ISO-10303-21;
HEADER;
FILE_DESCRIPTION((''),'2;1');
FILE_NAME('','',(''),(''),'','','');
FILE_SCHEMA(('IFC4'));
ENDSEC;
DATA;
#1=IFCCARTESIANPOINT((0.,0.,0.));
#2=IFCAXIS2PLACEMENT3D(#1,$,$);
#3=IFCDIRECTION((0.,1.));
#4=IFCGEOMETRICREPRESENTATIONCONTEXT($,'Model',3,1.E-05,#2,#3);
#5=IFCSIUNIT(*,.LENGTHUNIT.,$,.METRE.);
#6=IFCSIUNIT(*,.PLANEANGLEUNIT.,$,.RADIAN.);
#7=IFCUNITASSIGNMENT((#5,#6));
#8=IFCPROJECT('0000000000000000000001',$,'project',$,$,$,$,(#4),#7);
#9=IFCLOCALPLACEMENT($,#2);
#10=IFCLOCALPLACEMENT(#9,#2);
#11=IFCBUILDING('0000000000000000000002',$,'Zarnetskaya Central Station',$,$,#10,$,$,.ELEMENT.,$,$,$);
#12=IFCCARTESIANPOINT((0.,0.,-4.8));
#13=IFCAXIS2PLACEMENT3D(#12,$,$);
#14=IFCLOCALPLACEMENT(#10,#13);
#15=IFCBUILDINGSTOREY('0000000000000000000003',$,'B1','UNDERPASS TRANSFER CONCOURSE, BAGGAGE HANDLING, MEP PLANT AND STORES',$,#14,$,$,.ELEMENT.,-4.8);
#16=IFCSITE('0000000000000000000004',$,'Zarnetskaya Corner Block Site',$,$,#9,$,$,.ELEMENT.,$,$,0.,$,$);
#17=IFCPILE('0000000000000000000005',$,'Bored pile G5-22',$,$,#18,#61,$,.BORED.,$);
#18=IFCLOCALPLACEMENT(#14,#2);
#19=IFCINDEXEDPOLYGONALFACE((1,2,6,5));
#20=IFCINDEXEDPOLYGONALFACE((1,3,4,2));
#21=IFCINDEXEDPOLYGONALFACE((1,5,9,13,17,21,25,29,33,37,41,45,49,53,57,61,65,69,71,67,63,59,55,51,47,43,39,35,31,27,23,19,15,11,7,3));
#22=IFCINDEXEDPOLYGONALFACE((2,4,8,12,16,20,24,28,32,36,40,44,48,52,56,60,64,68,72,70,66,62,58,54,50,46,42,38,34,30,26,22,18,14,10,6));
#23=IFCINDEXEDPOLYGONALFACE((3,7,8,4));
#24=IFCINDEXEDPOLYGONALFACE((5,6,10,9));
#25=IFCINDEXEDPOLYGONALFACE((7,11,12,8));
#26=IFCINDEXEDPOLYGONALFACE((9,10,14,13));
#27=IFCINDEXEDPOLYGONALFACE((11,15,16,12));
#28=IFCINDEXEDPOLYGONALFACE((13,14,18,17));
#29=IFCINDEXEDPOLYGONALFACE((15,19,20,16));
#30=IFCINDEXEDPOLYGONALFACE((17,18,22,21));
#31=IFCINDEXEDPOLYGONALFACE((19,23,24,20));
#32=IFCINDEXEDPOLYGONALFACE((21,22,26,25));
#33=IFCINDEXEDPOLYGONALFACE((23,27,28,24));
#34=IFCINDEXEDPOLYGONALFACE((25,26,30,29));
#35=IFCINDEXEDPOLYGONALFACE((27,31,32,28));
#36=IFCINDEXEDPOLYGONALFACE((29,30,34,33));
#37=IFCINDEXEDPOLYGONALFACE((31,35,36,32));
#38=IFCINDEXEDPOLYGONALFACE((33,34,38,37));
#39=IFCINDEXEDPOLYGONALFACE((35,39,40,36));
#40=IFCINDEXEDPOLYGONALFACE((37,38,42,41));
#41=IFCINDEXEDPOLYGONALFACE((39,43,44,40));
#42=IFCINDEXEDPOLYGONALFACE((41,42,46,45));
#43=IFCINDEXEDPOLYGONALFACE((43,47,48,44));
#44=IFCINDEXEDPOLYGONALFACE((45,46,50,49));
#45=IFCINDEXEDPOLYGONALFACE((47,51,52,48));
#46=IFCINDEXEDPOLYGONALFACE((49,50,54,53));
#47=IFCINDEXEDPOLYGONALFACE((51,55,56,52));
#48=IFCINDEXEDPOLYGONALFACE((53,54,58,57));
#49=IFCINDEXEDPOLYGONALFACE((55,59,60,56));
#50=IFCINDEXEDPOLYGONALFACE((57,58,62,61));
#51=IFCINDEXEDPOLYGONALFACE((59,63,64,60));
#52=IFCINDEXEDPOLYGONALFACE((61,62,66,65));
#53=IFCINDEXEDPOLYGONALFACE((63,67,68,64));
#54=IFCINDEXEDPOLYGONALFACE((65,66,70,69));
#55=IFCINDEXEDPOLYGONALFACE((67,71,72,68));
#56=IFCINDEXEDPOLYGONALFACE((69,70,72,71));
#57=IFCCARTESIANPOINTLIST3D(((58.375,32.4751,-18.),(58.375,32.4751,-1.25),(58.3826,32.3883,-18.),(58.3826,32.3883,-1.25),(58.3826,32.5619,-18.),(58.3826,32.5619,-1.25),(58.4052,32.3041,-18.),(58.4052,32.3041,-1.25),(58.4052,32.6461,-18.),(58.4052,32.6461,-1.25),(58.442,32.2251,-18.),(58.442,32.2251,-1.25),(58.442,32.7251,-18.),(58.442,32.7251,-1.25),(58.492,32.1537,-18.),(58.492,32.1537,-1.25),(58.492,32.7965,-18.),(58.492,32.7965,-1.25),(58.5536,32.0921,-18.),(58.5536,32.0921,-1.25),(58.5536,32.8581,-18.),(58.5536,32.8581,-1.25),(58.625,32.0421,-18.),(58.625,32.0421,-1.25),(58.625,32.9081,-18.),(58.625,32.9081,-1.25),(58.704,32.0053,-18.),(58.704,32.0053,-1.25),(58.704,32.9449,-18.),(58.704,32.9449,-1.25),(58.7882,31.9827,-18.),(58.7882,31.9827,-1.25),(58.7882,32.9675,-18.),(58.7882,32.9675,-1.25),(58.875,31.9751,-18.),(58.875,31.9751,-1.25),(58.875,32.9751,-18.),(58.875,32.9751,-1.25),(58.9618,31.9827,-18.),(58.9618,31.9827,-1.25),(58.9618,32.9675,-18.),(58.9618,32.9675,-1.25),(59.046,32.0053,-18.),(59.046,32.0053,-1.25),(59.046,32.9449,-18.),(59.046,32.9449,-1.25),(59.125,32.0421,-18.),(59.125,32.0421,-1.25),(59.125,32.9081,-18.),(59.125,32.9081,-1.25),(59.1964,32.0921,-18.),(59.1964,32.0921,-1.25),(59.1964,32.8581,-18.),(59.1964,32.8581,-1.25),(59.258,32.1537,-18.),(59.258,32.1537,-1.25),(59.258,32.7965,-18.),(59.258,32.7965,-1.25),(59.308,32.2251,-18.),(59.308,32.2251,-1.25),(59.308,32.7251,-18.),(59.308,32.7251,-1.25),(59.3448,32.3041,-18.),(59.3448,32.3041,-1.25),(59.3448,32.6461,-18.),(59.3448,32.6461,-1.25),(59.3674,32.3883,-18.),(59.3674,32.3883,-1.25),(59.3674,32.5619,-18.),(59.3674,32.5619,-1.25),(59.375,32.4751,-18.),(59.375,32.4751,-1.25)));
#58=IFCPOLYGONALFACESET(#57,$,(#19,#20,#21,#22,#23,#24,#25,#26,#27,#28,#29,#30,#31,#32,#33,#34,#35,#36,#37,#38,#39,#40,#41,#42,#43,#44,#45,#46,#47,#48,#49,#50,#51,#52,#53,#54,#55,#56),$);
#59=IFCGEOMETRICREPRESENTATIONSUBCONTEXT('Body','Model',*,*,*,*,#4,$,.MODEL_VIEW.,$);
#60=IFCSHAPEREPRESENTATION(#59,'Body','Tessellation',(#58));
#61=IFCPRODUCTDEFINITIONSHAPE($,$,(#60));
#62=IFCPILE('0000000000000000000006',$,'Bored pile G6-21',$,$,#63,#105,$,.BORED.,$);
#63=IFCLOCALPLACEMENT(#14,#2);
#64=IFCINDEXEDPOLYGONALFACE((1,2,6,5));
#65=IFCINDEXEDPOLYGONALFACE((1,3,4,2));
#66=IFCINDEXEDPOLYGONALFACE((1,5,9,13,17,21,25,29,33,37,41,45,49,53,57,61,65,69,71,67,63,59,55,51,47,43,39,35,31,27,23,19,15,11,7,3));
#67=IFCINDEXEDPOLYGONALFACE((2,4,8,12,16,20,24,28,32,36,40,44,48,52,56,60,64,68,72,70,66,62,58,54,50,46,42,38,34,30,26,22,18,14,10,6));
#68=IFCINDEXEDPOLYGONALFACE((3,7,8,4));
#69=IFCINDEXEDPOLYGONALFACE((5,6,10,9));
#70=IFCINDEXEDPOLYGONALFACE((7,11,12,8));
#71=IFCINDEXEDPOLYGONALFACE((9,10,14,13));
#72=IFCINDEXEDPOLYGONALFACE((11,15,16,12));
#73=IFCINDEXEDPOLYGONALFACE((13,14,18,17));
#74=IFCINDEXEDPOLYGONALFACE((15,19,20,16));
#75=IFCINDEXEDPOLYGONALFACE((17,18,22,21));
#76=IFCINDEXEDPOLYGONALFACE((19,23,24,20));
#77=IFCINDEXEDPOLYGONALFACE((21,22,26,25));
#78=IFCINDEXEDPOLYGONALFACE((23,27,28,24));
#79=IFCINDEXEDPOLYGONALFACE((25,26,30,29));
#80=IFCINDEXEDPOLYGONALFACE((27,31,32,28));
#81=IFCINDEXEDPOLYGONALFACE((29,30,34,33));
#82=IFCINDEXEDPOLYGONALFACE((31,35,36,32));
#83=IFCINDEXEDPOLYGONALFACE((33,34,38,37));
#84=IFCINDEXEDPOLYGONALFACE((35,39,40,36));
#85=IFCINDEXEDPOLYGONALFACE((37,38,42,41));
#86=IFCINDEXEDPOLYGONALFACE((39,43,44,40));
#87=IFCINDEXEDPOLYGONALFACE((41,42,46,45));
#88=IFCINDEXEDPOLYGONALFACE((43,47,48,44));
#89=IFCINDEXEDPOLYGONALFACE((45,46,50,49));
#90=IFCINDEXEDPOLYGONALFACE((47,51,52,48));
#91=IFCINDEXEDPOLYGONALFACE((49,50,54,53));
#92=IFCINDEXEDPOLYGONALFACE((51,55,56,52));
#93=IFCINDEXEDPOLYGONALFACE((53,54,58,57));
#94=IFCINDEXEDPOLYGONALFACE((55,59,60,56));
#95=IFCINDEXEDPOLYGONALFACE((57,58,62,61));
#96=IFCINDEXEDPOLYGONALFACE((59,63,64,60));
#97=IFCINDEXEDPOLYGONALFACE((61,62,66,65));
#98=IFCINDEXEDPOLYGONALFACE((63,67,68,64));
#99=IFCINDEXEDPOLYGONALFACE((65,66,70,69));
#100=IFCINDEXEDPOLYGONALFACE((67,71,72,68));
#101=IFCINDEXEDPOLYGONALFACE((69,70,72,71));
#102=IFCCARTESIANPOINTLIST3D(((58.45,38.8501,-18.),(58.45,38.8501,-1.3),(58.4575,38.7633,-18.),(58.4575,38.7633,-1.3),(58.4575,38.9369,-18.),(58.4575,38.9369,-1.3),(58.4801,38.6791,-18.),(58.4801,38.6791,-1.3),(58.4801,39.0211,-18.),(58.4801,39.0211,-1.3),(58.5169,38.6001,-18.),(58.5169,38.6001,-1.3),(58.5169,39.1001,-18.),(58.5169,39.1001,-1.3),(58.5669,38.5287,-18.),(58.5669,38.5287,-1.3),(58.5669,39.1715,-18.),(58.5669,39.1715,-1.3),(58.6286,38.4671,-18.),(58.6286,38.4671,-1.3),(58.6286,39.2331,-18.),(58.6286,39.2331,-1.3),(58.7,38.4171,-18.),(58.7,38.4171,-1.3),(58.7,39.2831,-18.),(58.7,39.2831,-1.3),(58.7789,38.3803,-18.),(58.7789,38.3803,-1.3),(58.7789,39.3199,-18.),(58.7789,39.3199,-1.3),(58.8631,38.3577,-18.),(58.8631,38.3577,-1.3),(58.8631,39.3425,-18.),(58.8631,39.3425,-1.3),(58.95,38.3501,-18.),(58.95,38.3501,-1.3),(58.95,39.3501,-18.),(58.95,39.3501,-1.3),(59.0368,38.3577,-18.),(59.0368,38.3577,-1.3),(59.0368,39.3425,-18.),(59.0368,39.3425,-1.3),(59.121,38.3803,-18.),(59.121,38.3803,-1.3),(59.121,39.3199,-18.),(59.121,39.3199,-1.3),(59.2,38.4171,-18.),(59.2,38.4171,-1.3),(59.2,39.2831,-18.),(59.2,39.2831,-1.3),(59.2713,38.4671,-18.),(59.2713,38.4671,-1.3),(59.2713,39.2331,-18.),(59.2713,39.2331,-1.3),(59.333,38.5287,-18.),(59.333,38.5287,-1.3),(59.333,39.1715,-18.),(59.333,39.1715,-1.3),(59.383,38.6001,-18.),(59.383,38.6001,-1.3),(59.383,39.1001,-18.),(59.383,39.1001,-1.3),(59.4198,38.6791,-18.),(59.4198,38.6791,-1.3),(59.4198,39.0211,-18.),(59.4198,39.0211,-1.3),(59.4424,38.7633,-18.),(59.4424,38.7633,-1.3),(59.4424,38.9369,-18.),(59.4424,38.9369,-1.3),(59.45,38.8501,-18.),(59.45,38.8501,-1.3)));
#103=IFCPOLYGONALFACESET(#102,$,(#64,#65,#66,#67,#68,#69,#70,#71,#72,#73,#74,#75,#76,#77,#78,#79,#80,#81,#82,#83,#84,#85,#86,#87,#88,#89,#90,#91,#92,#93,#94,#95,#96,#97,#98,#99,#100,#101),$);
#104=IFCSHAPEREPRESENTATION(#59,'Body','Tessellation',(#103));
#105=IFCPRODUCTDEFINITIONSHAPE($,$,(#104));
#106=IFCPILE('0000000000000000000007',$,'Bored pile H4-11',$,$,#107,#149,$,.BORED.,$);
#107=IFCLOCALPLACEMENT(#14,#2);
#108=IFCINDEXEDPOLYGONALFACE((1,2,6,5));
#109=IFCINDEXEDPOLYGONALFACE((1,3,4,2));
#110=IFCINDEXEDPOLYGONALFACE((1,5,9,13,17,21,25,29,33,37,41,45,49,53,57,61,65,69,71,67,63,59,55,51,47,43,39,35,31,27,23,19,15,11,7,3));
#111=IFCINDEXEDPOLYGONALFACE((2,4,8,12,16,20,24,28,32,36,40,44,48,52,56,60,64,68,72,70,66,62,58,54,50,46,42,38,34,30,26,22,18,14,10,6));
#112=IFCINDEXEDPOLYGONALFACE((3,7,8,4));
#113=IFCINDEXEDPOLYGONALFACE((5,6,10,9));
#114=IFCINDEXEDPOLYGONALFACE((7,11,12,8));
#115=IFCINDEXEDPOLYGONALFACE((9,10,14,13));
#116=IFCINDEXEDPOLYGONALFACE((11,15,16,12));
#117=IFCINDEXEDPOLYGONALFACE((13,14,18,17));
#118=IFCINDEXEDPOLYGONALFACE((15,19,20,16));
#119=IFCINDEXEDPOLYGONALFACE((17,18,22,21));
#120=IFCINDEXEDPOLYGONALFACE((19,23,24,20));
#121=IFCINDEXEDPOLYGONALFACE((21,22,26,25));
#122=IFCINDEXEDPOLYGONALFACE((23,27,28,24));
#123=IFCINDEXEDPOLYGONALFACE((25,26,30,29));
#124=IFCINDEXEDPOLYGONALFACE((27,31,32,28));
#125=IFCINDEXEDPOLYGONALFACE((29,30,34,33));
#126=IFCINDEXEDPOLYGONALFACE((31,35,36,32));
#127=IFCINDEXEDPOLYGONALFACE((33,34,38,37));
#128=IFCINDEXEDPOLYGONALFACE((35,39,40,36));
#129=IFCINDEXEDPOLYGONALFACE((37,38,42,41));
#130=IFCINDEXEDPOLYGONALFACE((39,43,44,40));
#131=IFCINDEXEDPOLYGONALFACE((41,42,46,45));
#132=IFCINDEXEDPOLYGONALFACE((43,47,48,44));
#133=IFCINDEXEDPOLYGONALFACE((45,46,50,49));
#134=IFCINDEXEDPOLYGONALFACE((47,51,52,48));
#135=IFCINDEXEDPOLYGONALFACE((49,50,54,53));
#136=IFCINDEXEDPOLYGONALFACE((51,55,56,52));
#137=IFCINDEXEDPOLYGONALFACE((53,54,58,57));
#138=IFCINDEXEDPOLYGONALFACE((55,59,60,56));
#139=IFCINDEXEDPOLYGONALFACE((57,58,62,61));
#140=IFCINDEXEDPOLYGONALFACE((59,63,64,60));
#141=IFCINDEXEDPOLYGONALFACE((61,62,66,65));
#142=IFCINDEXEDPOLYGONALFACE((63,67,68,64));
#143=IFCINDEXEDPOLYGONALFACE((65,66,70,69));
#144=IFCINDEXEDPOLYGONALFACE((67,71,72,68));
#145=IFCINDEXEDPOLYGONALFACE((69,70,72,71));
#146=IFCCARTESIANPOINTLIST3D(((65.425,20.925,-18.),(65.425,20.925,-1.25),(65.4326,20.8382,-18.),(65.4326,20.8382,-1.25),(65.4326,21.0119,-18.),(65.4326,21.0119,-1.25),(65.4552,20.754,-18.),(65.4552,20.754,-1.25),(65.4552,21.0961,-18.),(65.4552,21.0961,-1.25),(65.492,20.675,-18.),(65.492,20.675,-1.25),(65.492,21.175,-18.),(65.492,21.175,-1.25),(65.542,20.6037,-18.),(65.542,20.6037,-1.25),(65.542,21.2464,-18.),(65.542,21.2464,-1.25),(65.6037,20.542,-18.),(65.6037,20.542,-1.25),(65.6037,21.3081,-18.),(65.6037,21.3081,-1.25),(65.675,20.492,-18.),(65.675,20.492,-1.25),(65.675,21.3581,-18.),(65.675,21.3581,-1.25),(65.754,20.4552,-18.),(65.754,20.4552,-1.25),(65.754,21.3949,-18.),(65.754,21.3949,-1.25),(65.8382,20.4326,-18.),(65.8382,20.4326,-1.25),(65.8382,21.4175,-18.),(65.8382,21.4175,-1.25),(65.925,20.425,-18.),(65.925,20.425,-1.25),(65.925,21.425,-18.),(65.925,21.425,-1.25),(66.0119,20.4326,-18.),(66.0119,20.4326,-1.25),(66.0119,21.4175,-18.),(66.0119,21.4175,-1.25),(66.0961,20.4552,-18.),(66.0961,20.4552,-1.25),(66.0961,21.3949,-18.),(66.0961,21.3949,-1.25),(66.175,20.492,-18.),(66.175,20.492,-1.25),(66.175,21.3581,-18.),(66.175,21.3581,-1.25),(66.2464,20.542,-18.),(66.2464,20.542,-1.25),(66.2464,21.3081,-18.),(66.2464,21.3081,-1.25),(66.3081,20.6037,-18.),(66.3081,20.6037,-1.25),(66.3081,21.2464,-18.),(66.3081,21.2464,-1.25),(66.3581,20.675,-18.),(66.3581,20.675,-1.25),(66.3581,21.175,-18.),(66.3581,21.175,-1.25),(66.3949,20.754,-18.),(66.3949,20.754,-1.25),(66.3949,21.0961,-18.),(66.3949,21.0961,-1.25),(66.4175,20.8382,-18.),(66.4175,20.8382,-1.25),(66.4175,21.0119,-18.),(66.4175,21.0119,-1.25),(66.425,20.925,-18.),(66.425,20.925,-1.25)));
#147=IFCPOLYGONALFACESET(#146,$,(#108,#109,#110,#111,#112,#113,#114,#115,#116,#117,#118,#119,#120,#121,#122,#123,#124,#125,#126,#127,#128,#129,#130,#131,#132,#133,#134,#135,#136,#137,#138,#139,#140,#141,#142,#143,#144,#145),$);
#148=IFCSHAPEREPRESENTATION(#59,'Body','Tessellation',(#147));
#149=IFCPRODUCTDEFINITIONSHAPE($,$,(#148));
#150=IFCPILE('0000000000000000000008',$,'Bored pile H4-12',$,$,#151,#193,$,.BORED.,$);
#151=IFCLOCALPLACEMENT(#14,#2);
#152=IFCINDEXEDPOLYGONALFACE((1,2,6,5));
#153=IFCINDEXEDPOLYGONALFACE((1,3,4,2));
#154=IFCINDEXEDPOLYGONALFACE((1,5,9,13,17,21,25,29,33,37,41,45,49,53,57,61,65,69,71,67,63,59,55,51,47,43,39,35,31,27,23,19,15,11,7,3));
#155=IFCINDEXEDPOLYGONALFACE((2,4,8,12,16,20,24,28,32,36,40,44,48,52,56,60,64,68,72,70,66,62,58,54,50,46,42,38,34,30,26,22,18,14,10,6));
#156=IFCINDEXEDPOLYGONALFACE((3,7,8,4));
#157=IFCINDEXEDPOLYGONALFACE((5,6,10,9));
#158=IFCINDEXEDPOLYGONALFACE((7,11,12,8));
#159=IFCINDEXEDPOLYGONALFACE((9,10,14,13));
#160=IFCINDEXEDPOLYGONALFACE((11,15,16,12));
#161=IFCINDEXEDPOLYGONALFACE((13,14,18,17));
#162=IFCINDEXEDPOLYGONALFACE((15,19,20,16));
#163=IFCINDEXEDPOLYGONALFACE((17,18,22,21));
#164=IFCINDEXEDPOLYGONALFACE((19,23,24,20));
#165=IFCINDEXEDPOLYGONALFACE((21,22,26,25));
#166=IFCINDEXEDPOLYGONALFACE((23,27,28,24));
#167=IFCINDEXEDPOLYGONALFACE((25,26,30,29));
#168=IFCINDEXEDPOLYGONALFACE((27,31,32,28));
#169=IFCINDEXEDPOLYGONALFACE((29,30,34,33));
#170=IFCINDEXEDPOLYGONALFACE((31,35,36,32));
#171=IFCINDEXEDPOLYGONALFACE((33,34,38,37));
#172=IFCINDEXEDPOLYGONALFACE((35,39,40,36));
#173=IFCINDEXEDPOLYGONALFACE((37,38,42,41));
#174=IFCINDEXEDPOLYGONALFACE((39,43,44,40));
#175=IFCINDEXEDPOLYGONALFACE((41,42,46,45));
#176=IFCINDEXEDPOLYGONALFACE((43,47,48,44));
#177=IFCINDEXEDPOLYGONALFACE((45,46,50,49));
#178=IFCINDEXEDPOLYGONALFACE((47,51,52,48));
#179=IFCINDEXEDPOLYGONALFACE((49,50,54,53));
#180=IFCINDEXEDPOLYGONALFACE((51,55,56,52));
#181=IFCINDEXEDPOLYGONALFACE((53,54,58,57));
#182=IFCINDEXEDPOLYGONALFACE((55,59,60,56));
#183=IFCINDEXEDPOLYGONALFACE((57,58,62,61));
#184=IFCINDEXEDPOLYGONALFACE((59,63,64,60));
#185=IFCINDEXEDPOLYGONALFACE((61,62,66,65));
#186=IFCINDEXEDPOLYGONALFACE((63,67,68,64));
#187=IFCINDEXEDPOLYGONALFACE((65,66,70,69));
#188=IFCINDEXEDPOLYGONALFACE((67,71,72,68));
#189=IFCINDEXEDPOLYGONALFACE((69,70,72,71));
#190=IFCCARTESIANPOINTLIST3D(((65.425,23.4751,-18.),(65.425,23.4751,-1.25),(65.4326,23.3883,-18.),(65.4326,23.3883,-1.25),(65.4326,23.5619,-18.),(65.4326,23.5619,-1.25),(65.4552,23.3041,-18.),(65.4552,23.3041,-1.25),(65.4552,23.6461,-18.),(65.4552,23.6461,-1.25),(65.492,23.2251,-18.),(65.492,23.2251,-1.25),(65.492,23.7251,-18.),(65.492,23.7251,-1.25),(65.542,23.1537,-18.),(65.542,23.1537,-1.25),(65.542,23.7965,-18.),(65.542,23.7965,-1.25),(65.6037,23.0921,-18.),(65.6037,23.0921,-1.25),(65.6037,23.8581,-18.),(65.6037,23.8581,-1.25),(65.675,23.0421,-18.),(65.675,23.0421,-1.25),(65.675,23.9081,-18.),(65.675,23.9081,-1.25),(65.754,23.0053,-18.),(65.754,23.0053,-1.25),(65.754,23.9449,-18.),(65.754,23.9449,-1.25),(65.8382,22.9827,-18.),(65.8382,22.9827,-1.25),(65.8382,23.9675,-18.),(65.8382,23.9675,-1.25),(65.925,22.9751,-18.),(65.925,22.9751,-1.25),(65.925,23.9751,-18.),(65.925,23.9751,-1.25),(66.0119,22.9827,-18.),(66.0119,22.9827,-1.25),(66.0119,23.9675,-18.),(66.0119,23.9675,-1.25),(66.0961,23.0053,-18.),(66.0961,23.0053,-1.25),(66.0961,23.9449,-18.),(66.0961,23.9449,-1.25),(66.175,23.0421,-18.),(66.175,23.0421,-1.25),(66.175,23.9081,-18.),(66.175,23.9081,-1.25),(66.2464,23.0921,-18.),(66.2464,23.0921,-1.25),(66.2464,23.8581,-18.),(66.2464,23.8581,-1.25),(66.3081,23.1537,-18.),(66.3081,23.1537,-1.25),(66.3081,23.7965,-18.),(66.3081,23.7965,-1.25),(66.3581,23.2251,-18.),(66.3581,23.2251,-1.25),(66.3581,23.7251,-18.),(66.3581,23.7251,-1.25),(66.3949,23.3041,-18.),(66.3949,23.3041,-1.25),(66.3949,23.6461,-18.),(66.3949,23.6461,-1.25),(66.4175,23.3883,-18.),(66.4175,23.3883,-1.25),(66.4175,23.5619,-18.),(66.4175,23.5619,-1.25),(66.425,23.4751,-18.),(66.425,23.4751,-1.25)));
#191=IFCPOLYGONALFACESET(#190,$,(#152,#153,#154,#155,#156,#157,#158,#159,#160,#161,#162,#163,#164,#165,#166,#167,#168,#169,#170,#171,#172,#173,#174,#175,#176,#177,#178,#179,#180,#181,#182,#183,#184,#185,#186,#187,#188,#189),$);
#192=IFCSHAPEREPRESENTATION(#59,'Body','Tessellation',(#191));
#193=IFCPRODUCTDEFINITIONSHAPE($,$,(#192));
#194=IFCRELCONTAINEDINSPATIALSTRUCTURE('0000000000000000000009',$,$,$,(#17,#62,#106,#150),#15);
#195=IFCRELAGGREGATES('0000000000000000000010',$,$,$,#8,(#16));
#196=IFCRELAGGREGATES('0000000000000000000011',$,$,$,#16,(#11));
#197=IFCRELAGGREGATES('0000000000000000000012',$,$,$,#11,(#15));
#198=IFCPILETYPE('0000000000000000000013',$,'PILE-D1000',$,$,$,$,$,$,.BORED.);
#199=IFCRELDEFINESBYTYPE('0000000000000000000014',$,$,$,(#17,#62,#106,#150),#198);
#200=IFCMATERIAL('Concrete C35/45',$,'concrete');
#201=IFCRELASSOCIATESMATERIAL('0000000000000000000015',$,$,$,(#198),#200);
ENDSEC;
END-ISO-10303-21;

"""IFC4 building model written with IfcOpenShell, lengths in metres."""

from ifc_helpers import new_model, si_unit, direction, frame, origin, origin_2d, place, context, subcontext, project, spatial, circle, extrude, material, material_profile, profile_set, type_object, element, save


model = new_model("IFC4")

# Units and contexts
model_context = context("Model", 3, precision=1e-05, world=origin(), true_north=direction((0.0, 1.0)))
body_context = subcontext(model_context, "Body", "Model", "MODEL_VIEW")
ifc_project = project(units=[si_unit("LENGTHUNIT", "METRE"), si_unit("PLANEANGLEUNIT", "RADIAN")], contexts=[model_context])

# Site, building, storey
site_placement = place(None, origin())
site = spatial("IfcSite", under=ifc_project, at=site_placement, Name="Zarnetskaya Corner Block Site", CompositionType="ELEMENT", RefElevation=0.0)
building_placement = place(site_placement, origin())
building = spatial("IfcBuilding", under=site, at=building_placement, Name="Zarnetskaya Central Station", CompositionType="ELEMENT")
storey_placement = place(building_placement, frame((0.0, 0.0, -4.8)))
storey = spatial("IfcBuildingStorey", under=building, at=storey_placement, Name="B1", Description="UNDERPASS TRANSFER CONCOURSE, BAGGAGE HANDLING, MEP PLANT AND STORES", CompositionType="ELEMENT", Elevation=-4.8)

# Shared definitions
ifc_material_1 = material(Name="Concrete C35/45", Category="concrete")

# Piles
ifc_material_profile_1 = material_profile(ifc_material_1, circle(Radius=0.5, at=origin_2d()), Name="BORED PILE D1000")
ifc_profile_set_1 = profile_set([ifc_material_profile_1], Name="Concrete C35/45")
pile_type = type_object("IfcPileType", Name="PILE-D1000", PredefinedType="BORED", material=ifc_profile_set_1)
for number, where, z_axis, x_axis, name in (
    (1, (58.875, 32.4751, -1.25), (0.0, 0.0, -1.0), (1.0, 0.0, 0.0), "Bored pile G5-22"),
):
    element("IfcPile", number, at=place(storey_placement, frame(where, z_axis=z_axis, x_axis=x_axis)), inside=storey, type_object=pile_type, Name=name, PredefinedType="BORED", context=body_context, shape_type="SweptSolid", body=[
        extrude(circle(Radius=0.5, at=origin_2d()), origin(), (0.0, 0.0, 1.0), 16.75),
    ])
pile_placement = place(storey_placement, frame((58.95, 38.8501, -1.3), z_axis=(0.0, 0.0, -1.0), x_axis=(1.0, 0.0, 0.0)))
element("IfcPile", 2, at=pile_placement, inside=storey, type_object=pile_type, Name="Bored pile G6-21", PredefinedType="BORED", context=body_context, shape_type="SweptSolid", body=[
    extrude(circle(Radius=0.5, at=origin_2d()), origin(), (0.0, 0.0, 1.0), 16.7),
])
for number, where, z_axis, x_axis, name in (
    (3, (65.925, 20.925, -1.25), (0.0, 0.0, -1.0), (1.0, 0.0, 0.0), "Bored pile H4-11"),
    (4, (65.925, 23.4751, -1.25), (0.0, 0.0, -1.0), (1.0, 0.0, 0.0), "Bored pile H4-12"),
):
    element("IfcPile", number, at=place(storey_placement, frame(where, z_axis=z_axis, x_axis=x_axis)), inside=storey, type_object=pile_type, Name=name, PredefinedType="BORED", context=body_context, shape_type="SweptSolid", body=[
        extrude(circle(Radius=0.5, at=origin_2d()), origin(), (0.0, 0.0, 1.0), 16.75),
    ])

save(model, "model.ifc")
